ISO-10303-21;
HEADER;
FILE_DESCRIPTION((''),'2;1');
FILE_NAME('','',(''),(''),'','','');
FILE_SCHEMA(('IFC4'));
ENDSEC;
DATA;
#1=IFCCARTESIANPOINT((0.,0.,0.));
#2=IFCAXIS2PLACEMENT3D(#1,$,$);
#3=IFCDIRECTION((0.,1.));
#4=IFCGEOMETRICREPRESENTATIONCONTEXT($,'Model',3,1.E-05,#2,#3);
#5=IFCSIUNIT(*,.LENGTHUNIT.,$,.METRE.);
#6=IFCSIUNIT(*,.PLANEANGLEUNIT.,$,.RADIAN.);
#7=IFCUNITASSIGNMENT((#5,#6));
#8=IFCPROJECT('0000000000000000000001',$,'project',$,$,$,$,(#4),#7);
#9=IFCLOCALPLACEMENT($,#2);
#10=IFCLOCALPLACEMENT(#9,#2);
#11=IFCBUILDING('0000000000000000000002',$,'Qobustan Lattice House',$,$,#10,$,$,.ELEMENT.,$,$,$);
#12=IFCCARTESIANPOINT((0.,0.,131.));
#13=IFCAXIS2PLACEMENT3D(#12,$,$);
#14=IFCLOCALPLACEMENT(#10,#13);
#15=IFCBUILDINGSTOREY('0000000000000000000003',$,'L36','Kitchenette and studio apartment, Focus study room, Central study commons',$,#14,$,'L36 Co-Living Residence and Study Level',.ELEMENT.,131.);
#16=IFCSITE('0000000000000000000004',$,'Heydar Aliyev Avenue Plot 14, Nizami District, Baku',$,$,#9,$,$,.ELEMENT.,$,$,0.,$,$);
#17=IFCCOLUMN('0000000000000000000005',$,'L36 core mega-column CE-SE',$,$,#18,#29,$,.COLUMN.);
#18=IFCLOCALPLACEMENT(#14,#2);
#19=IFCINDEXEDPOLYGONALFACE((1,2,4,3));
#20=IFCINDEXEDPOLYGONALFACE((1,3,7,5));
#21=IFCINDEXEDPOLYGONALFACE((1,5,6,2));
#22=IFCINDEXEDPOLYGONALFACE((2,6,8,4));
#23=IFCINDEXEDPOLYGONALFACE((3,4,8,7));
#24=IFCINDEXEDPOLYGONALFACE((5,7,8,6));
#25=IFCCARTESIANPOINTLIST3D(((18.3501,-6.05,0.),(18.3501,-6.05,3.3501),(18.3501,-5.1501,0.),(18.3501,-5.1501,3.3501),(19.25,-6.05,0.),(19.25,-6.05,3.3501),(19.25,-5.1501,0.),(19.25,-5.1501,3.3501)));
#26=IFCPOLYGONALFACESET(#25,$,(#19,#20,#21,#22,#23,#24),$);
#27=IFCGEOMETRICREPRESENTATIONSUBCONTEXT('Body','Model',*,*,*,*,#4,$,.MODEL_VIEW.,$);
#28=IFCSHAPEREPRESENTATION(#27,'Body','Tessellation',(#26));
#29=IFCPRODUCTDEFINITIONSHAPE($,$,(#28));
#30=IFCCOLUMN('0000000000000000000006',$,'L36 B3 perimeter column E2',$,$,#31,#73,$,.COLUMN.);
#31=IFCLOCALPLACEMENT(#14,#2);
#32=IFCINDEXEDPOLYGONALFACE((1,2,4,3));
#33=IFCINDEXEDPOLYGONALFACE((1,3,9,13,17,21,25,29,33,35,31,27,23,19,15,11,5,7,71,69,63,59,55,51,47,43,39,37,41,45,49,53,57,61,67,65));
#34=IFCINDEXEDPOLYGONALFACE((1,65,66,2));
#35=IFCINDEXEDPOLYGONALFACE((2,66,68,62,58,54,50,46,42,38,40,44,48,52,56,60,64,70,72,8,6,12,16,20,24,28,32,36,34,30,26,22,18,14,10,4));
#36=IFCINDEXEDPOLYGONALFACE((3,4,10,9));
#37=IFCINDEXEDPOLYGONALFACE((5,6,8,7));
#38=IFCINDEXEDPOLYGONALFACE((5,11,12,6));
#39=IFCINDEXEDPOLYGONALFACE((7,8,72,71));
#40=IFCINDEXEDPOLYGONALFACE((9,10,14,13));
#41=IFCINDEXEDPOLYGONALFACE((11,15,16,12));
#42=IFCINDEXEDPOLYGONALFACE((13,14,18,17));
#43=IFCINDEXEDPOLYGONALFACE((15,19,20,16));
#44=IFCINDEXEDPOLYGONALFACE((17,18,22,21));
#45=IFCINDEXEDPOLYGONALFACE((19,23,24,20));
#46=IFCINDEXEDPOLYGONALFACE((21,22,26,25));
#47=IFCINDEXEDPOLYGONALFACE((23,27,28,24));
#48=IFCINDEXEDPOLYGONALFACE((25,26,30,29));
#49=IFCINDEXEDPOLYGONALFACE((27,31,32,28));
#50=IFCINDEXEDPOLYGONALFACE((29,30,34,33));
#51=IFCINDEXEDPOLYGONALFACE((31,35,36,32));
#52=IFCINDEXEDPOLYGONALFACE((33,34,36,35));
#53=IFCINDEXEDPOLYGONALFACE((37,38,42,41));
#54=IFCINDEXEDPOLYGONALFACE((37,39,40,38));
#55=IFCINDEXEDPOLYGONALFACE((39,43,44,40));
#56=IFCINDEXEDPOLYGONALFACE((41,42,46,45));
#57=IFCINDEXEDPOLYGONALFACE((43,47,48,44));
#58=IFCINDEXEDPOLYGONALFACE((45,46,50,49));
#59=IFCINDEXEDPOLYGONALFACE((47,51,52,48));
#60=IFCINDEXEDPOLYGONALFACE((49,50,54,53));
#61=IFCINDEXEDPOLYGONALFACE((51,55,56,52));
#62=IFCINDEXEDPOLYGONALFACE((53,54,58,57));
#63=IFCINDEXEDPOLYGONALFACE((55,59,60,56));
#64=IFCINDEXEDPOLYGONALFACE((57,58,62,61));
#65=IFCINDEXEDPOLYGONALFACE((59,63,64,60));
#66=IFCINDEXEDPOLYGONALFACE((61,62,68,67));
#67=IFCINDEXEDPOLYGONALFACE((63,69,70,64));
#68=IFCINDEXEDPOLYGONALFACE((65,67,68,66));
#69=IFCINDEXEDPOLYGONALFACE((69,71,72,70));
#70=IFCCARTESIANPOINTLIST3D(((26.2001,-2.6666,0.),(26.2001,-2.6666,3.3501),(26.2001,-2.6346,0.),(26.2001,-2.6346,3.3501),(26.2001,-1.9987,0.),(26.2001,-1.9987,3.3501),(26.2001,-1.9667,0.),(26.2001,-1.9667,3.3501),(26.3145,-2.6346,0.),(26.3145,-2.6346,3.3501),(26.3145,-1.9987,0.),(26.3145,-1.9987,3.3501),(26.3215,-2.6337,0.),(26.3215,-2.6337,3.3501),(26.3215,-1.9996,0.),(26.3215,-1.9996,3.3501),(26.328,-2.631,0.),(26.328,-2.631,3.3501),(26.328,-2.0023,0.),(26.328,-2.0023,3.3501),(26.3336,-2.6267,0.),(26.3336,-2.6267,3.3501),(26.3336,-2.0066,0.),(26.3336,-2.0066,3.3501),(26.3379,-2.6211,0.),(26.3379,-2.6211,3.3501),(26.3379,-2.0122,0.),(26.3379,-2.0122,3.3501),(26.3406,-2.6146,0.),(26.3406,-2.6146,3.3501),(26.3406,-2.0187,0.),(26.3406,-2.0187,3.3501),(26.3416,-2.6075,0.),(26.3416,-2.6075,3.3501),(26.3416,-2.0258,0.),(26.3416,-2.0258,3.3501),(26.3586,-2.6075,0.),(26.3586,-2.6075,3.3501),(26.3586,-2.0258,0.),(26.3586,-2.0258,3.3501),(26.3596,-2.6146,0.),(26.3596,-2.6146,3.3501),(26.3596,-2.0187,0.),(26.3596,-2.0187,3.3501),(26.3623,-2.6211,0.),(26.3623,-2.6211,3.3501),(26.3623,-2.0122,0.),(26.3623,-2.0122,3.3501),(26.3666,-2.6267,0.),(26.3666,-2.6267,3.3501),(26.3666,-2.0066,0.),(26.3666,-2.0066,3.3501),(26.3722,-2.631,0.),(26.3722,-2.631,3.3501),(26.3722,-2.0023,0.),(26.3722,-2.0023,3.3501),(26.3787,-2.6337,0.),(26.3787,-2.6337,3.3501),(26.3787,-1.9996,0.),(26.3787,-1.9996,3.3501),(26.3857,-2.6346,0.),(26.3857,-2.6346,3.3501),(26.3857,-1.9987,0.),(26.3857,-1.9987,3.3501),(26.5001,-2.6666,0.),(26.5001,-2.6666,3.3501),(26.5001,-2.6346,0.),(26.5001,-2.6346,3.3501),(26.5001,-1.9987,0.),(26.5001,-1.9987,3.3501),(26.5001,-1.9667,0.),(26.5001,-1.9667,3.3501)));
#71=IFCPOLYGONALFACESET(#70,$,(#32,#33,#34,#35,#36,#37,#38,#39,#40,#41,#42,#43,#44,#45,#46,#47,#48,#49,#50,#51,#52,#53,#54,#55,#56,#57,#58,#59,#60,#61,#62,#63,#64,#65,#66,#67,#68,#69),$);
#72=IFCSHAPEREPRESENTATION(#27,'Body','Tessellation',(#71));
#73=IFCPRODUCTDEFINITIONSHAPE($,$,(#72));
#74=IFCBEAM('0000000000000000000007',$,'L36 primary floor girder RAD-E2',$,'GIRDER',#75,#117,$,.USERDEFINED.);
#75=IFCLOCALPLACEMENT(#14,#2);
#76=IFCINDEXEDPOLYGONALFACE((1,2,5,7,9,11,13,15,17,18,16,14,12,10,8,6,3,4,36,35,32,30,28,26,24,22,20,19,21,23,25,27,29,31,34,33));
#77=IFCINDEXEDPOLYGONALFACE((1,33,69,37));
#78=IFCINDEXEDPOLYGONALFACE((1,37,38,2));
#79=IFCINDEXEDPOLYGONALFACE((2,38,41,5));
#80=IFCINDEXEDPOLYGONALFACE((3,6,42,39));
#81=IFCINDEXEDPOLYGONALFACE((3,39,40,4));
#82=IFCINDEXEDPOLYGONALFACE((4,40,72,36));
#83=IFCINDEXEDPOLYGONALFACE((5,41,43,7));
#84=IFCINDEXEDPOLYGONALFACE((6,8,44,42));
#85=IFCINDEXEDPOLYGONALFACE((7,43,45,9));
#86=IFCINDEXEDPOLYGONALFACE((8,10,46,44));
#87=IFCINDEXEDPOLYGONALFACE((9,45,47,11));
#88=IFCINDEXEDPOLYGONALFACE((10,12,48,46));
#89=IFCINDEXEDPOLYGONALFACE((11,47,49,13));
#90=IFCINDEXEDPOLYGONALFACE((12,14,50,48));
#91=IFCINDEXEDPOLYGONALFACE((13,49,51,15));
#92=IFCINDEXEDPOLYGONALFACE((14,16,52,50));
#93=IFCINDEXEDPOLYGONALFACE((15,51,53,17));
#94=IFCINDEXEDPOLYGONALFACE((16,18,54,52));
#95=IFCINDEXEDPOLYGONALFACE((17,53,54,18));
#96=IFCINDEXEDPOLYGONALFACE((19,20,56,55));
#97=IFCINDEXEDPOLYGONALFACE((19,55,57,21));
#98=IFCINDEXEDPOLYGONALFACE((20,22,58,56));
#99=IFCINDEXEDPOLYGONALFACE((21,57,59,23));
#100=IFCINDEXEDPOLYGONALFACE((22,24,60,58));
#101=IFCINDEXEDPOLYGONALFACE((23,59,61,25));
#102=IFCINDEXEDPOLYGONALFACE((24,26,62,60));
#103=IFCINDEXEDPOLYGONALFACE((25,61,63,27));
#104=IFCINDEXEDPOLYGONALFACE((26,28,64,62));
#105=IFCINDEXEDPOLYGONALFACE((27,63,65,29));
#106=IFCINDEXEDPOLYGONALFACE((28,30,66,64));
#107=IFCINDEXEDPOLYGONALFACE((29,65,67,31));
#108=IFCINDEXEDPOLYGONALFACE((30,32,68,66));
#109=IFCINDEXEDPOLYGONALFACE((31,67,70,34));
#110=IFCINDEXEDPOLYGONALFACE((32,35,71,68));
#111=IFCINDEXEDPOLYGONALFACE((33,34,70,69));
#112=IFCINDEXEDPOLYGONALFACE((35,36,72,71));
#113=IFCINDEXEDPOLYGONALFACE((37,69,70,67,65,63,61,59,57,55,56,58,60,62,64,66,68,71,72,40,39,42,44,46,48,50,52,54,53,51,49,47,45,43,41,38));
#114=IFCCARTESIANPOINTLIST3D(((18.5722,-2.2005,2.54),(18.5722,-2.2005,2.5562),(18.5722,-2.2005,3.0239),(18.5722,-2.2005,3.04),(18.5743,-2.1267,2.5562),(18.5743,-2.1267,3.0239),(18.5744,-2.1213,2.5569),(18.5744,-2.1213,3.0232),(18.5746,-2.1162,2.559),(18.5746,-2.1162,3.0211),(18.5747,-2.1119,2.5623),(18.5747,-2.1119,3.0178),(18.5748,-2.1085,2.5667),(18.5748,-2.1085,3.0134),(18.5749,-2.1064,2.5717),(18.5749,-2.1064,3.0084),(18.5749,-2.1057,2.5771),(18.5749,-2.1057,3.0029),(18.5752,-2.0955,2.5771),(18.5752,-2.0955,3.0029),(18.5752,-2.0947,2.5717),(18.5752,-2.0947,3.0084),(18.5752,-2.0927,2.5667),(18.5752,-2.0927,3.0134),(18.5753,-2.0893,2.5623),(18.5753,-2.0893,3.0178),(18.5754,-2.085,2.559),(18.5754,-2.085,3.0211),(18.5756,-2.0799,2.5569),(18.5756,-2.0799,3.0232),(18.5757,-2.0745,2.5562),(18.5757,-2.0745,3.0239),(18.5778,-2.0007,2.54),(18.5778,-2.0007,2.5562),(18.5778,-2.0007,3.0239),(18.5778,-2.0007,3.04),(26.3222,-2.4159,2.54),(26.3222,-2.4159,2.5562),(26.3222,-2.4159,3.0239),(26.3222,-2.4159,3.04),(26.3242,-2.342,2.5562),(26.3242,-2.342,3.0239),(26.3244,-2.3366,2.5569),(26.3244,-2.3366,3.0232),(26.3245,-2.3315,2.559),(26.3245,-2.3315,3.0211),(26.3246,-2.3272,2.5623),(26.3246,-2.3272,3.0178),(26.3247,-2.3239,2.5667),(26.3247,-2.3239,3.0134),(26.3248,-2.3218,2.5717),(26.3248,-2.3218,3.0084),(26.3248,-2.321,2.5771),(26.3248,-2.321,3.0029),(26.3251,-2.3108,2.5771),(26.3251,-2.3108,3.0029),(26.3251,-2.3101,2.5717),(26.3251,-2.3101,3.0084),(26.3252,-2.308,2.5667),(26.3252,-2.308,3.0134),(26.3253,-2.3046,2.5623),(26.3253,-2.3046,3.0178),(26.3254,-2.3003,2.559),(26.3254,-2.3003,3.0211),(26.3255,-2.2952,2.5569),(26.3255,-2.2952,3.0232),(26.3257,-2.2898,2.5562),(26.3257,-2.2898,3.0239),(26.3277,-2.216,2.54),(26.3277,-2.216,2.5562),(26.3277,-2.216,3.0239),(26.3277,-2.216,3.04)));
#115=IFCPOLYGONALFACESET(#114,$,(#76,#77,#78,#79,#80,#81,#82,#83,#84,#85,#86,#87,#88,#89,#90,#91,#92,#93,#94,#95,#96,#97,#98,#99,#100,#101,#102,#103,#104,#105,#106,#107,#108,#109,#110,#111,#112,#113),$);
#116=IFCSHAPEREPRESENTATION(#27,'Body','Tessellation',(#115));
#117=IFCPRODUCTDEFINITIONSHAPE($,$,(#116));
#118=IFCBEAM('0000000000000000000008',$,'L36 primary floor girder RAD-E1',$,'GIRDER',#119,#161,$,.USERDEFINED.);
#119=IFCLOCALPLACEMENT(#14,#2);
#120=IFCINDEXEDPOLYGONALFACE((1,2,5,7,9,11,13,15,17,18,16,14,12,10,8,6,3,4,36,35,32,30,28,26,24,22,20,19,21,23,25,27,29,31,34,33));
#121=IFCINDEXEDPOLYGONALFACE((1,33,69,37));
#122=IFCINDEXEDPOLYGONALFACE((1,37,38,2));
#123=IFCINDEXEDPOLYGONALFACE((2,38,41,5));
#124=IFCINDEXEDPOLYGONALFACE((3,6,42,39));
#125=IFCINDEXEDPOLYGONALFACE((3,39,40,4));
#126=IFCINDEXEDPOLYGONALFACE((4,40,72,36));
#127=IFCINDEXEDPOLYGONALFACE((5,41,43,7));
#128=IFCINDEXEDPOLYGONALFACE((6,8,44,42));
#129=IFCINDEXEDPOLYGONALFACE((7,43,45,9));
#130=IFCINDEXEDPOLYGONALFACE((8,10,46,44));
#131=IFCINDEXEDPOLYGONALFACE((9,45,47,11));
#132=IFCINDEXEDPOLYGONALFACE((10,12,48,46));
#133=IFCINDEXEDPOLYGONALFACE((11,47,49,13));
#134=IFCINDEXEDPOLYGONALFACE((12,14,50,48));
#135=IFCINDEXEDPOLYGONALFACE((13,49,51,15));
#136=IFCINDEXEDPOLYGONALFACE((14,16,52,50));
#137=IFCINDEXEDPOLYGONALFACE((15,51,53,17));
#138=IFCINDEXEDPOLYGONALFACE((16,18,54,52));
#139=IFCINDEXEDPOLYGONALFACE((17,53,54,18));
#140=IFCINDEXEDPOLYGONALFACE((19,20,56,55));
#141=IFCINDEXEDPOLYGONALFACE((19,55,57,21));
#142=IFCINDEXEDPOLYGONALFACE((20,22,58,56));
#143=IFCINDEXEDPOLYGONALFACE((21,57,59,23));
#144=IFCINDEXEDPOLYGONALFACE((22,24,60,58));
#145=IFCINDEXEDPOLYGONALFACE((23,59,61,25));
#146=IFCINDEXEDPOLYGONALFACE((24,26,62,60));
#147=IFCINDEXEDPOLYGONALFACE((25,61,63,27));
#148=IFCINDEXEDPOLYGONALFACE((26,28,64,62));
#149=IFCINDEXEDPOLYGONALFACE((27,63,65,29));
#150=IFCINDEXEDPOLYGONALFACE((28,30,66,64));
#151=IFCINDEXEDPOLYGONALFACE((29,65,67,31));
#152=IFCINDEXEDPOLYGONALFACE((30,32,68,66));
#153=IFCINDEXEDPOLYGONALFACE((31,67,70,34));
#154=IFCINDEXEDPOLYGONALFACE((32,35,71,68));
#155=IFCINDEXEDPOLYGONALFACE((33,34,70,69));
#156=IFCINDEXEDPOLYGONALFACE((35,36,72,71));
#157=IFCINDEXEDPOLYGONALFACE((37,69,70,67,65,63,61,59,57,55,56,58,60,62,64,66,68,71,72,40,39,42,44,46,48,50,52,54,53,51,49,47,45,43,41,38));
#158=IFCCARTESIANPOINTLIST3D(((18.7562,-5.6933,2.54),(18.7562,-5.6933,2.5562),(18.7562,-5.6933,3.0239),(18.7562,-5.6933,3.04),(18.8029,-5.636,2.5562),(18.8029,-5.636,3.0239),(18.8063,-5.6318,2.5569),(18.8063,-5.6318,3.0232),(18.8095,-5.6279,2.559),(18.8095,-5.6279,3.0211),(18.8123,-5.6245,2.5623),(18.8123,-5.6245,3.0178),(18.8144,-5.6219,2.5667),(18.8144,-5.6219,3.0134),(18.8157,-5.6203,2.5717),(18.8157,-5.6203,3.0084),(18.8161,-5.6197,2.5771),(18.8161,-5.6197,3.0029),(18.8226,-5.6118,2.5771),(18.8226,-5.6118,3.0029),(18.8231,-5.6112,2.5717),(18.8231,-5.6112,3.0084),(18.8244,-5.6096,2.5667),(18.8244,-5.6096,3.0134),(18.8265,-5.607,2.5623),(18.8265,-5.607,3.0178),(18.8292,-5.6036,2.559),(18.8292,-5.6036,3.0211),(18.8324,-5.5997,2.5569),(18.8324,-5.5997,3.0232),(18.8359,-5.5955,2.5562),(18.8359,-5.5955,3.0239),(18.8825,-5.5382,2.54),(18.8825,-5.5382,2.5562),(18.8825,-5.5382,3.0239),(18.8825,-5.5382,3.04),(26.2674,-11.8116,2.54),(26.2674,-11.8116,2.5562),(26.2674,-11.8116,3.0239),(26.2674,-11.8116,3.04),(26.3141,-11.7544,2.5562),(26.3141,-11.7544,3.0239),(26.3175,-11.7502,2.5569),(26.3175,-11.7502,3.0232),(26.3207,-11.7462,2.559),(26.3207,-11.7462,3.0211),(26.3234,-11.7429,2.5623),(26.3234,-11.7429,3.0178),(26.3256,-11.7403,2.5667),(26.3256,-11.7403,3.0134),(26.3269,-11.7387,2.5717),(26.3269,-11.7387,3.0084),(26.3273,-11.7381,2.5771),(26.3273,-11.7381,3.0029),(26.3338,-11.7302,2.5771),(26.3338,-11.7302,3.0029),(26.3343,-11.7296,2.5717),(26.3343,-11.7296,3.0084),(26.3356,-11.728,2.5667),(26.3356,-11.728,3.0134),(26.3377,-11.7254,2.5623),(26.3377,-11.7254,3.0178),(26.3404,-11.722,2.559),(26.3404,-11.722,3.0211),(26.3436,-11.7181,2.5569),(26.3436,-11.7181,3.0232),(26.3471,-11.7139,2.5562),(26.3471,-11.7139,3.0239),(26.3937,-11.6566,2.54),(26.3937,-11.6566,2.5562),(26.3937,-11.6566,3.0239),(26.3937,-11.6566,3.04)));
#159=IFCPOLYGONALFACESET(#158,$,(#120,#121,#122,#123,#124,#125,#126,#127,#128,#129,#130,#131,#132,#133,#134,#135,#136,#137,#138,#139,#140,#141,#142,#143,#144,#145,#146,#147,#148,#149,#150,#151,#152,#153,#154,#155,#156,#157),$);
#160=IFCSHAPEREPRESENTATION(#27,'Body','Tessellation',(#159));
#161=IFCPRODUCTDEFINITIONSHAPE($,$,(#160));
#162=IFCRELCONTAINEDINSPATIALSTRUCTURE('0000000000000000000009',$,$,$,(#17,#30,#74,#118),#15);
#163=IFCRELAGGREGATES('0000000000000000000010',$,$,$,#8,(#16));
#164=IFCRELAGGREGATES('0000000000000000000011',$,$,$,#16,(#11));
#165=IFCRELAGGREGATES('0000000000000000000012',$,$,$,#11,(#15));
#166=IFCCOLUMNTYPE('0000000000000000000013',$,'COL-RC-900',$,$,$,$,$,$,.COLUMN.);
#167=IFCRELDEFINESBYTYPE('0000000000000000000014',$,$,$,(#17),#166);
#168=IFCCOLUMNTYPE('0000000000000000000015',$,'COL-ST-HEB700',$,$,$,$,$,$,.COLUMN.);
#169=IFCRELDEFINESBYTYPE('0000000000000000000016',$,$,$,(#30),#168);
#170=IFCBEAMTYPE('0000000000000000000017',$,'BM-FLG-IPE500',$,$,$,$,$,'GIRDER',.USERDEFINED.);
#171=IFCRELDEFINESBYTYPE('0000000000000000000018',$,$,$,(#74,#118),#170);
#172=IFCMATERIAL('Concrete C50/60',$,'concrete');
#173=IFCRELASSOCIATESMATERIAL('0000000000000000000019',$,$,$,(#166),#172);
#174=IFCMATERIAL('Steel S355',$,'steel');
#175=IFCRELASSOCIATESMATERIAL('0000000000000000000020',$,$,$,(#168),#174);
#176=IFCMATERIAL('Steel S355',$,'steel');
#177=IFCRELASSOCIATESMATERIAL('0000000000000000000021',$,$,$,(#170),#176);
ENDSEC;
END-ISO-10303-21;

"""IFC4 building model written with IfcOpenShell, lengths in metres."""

from ifc_helpers import new_model, si_unit, direction, frame, origin, origin_2d, place, context, subcontext, project, spatial, rectangle, i_section, extrude, material, material_profile, profile_set, type_object, element, save


model = new_model("IFC4")

# Units and contexts
model_context = context("Model", 3, precision=1e-05, world=origin(), true_north=direction((0.0, 1.0)))
body_context = subcontext(model_context, "Body", "Model", "MODEL_VIEW")
ifc_project = project(units=[si_unit("LENGTHUNIT", "METRE"), si_unit("PLANEANGLEUNIT", "RADIAN")], contexts=[model_context])

# Site, building, storey
site_placement = place(None, origin())
site = spatial("IfcSite", under=ifc_project, at=site_placement, Name="Heydar Aliyev Avenue Plot 14, Nizami District, Baku", CompositionType="ELEMENT", RefElevation=0.0)
building_placement = place(site_placement, origin())
building = spatial("IfcBuilding", under=site, at=building_placement, Name="Qobustan Lattice House", CompositionType="ELEMENT")
storey_placement = place(building_placement, frame((0.0, 0.0, 131.0)))
storey = spatial("IfcBuildingStorey", under=building, at=storey_placement, Name="L36", Description="Kitchenette and studio apartment, Focus study room, Central study commons", LongName="L36 Co-Living Residence and Study Level", CompositionType="ELEMENT", Elevation=131.0)

# Columns
ifc_material_1 = material(Name="Concrete C50/60", Category="concrete")
ifc_material_profile_1 = material_profile(ifc_material_1, rectangle(XDim=0.8999, YDim=0.8999, at=origin_2d()), Name="RC900x900")
ifc_profile_set_1 = profile_set([ifc_material_profile_1], Name="Concrete C50/60")
column_type_1 = type_object("IfcColumnType", Name="COL-RC-900", PredefinedType="COLUMN", material=ifc_profile_set_1)
column_1_placement = place(storey_placement, frame((18.8, -5.6001, 0.0), z_axis=(0.0, 0.0, 1.0), x_axis=(1.0, 0.0, 0.0)))
element("IfcColumn", 1, at=column_1_placement, inside=storey, type_object=column_type_1, Name="L36 core mega-column CE-SE", PredefinedType="COLUMN", context=body_context, shape_type="SweptSolid", body=[
    extrude(rectangle(XDim=0.8999, YDim=0.8999, at=origin_2d()), origin(), (0.0, 0.0, 1.0), 3.3501),
])
ifc_material_2 = material(Name="Steel S355", Category="steel")
ifc_material_profile_2 = material_profile(ifc_material_2, i_section(OverallWidth=0.3, OverallDepth=0.7, WebThickness=0.0171, FlangeThickness=0.032, FilletRadius=0.0271, at=origin_2d()), Name="HEB700")
ifc_profile_set_2 = profile_set([ifc_material_profile_2], Name="Steel S355")
column_type_2 = type_object("IfcColumnType", Name="COL-ST-HEB700", PredefinedType="COLUMN", material=ifc_profile_set_2)
column_2_placement = place(storey_placement, frame((26.3501, -2.3167, 0.0), z_axis=(0.0, 0.0, 1.0), x_axis=(1.0, 0.0, 0.0)))
element("IfcColumn", 2, at=column_2_placement, inside=storey, type_object=column_type_2, Name="L36 B3 perimeter column E2", PredefinedType="COLUMN", context=body_context, shape_type="SweptSolid", body=[
    extrude(i_section(OverallWidth=0.3, OverallDepth=0.7, WebThickness=0.0171, FlangeThickness=0.032, FilletRadius=0.0271, at=origin_2d()), origin(), (0.0, 0.0, 1.0), 3.3501),
])

# Beams
ifc_material_3 = material(Name="Steel S355", Category="steel")
ifc_material_profile_3 = material_profile(ifc_material_3, i_section(OverallWidth=0.2, OverallDepth=0.5, WebThickness=0.0103, FlangeThickness=0.0161, FilletRadius=0.021, at=origin_2d()), Name="IPE500")
ifc_profile_set_3 = profile_set([ifc_material_profile_3], Name="Steel S355")
beam_type_1 = type_object("IfcBeamType", Name="BM-FLG-IPE500", ElementType="GIRDER", PredefinedType="USERDEFINED", material=ifc_profile_set_3)
beam_1_placement = place(storey_placement, frame((26.325, -2.3159, 2.79), z_axis=(-0.999614, 0.027774, 0.0), x_axis=(-0.027774, -0.999614, 0.0)))
element("IfcBeam", 3, at=beam_1_placement, inside=storey, type_object=beam_type_1, Name="L36 primary floor girder RAD-E2", ObjectType="GIRDER", PredefinedType="USERDEFINED", context=body_context, shape_type="SweptSolid", body=[
    extrude(i_section(OverallWidth=0.2, OverallDepth=0.5, WebThickness=0.0103, FlangeThickness=0.0161, FilletRadius=0.021, at=origin_2d()), origin(), (0.0, 0.0, 1.0), 7.7529),
])
beam_2_placement = place(storey_placement, frame((26.3306, -11.7341, 2.79), z_axis=(-0.775329, 0.631558, 0.0), x_axis=(-0.631558, -0.775329, 0.0)))
element("IfcBeam", 4, at=beam_2_placement, inside=storey, type_object=beam_type_1, Name="L36 primary floor girder RAD-E1", ObjectType="GIRDER", PredefinedType="USERDEFINED", context=body_context, shape_type="SweptSolid", body=[
    extrude(i_section(OverallWidth=0.2, OverallDepth=0.5, WebThickness=0.0103, FlangeThickness=0.0161, FilletRadius=0.021, at=origin_2d()), origin(), (0.0, 0.0, 1.0), 9.6877),
])

save(model, "model.ifc")
